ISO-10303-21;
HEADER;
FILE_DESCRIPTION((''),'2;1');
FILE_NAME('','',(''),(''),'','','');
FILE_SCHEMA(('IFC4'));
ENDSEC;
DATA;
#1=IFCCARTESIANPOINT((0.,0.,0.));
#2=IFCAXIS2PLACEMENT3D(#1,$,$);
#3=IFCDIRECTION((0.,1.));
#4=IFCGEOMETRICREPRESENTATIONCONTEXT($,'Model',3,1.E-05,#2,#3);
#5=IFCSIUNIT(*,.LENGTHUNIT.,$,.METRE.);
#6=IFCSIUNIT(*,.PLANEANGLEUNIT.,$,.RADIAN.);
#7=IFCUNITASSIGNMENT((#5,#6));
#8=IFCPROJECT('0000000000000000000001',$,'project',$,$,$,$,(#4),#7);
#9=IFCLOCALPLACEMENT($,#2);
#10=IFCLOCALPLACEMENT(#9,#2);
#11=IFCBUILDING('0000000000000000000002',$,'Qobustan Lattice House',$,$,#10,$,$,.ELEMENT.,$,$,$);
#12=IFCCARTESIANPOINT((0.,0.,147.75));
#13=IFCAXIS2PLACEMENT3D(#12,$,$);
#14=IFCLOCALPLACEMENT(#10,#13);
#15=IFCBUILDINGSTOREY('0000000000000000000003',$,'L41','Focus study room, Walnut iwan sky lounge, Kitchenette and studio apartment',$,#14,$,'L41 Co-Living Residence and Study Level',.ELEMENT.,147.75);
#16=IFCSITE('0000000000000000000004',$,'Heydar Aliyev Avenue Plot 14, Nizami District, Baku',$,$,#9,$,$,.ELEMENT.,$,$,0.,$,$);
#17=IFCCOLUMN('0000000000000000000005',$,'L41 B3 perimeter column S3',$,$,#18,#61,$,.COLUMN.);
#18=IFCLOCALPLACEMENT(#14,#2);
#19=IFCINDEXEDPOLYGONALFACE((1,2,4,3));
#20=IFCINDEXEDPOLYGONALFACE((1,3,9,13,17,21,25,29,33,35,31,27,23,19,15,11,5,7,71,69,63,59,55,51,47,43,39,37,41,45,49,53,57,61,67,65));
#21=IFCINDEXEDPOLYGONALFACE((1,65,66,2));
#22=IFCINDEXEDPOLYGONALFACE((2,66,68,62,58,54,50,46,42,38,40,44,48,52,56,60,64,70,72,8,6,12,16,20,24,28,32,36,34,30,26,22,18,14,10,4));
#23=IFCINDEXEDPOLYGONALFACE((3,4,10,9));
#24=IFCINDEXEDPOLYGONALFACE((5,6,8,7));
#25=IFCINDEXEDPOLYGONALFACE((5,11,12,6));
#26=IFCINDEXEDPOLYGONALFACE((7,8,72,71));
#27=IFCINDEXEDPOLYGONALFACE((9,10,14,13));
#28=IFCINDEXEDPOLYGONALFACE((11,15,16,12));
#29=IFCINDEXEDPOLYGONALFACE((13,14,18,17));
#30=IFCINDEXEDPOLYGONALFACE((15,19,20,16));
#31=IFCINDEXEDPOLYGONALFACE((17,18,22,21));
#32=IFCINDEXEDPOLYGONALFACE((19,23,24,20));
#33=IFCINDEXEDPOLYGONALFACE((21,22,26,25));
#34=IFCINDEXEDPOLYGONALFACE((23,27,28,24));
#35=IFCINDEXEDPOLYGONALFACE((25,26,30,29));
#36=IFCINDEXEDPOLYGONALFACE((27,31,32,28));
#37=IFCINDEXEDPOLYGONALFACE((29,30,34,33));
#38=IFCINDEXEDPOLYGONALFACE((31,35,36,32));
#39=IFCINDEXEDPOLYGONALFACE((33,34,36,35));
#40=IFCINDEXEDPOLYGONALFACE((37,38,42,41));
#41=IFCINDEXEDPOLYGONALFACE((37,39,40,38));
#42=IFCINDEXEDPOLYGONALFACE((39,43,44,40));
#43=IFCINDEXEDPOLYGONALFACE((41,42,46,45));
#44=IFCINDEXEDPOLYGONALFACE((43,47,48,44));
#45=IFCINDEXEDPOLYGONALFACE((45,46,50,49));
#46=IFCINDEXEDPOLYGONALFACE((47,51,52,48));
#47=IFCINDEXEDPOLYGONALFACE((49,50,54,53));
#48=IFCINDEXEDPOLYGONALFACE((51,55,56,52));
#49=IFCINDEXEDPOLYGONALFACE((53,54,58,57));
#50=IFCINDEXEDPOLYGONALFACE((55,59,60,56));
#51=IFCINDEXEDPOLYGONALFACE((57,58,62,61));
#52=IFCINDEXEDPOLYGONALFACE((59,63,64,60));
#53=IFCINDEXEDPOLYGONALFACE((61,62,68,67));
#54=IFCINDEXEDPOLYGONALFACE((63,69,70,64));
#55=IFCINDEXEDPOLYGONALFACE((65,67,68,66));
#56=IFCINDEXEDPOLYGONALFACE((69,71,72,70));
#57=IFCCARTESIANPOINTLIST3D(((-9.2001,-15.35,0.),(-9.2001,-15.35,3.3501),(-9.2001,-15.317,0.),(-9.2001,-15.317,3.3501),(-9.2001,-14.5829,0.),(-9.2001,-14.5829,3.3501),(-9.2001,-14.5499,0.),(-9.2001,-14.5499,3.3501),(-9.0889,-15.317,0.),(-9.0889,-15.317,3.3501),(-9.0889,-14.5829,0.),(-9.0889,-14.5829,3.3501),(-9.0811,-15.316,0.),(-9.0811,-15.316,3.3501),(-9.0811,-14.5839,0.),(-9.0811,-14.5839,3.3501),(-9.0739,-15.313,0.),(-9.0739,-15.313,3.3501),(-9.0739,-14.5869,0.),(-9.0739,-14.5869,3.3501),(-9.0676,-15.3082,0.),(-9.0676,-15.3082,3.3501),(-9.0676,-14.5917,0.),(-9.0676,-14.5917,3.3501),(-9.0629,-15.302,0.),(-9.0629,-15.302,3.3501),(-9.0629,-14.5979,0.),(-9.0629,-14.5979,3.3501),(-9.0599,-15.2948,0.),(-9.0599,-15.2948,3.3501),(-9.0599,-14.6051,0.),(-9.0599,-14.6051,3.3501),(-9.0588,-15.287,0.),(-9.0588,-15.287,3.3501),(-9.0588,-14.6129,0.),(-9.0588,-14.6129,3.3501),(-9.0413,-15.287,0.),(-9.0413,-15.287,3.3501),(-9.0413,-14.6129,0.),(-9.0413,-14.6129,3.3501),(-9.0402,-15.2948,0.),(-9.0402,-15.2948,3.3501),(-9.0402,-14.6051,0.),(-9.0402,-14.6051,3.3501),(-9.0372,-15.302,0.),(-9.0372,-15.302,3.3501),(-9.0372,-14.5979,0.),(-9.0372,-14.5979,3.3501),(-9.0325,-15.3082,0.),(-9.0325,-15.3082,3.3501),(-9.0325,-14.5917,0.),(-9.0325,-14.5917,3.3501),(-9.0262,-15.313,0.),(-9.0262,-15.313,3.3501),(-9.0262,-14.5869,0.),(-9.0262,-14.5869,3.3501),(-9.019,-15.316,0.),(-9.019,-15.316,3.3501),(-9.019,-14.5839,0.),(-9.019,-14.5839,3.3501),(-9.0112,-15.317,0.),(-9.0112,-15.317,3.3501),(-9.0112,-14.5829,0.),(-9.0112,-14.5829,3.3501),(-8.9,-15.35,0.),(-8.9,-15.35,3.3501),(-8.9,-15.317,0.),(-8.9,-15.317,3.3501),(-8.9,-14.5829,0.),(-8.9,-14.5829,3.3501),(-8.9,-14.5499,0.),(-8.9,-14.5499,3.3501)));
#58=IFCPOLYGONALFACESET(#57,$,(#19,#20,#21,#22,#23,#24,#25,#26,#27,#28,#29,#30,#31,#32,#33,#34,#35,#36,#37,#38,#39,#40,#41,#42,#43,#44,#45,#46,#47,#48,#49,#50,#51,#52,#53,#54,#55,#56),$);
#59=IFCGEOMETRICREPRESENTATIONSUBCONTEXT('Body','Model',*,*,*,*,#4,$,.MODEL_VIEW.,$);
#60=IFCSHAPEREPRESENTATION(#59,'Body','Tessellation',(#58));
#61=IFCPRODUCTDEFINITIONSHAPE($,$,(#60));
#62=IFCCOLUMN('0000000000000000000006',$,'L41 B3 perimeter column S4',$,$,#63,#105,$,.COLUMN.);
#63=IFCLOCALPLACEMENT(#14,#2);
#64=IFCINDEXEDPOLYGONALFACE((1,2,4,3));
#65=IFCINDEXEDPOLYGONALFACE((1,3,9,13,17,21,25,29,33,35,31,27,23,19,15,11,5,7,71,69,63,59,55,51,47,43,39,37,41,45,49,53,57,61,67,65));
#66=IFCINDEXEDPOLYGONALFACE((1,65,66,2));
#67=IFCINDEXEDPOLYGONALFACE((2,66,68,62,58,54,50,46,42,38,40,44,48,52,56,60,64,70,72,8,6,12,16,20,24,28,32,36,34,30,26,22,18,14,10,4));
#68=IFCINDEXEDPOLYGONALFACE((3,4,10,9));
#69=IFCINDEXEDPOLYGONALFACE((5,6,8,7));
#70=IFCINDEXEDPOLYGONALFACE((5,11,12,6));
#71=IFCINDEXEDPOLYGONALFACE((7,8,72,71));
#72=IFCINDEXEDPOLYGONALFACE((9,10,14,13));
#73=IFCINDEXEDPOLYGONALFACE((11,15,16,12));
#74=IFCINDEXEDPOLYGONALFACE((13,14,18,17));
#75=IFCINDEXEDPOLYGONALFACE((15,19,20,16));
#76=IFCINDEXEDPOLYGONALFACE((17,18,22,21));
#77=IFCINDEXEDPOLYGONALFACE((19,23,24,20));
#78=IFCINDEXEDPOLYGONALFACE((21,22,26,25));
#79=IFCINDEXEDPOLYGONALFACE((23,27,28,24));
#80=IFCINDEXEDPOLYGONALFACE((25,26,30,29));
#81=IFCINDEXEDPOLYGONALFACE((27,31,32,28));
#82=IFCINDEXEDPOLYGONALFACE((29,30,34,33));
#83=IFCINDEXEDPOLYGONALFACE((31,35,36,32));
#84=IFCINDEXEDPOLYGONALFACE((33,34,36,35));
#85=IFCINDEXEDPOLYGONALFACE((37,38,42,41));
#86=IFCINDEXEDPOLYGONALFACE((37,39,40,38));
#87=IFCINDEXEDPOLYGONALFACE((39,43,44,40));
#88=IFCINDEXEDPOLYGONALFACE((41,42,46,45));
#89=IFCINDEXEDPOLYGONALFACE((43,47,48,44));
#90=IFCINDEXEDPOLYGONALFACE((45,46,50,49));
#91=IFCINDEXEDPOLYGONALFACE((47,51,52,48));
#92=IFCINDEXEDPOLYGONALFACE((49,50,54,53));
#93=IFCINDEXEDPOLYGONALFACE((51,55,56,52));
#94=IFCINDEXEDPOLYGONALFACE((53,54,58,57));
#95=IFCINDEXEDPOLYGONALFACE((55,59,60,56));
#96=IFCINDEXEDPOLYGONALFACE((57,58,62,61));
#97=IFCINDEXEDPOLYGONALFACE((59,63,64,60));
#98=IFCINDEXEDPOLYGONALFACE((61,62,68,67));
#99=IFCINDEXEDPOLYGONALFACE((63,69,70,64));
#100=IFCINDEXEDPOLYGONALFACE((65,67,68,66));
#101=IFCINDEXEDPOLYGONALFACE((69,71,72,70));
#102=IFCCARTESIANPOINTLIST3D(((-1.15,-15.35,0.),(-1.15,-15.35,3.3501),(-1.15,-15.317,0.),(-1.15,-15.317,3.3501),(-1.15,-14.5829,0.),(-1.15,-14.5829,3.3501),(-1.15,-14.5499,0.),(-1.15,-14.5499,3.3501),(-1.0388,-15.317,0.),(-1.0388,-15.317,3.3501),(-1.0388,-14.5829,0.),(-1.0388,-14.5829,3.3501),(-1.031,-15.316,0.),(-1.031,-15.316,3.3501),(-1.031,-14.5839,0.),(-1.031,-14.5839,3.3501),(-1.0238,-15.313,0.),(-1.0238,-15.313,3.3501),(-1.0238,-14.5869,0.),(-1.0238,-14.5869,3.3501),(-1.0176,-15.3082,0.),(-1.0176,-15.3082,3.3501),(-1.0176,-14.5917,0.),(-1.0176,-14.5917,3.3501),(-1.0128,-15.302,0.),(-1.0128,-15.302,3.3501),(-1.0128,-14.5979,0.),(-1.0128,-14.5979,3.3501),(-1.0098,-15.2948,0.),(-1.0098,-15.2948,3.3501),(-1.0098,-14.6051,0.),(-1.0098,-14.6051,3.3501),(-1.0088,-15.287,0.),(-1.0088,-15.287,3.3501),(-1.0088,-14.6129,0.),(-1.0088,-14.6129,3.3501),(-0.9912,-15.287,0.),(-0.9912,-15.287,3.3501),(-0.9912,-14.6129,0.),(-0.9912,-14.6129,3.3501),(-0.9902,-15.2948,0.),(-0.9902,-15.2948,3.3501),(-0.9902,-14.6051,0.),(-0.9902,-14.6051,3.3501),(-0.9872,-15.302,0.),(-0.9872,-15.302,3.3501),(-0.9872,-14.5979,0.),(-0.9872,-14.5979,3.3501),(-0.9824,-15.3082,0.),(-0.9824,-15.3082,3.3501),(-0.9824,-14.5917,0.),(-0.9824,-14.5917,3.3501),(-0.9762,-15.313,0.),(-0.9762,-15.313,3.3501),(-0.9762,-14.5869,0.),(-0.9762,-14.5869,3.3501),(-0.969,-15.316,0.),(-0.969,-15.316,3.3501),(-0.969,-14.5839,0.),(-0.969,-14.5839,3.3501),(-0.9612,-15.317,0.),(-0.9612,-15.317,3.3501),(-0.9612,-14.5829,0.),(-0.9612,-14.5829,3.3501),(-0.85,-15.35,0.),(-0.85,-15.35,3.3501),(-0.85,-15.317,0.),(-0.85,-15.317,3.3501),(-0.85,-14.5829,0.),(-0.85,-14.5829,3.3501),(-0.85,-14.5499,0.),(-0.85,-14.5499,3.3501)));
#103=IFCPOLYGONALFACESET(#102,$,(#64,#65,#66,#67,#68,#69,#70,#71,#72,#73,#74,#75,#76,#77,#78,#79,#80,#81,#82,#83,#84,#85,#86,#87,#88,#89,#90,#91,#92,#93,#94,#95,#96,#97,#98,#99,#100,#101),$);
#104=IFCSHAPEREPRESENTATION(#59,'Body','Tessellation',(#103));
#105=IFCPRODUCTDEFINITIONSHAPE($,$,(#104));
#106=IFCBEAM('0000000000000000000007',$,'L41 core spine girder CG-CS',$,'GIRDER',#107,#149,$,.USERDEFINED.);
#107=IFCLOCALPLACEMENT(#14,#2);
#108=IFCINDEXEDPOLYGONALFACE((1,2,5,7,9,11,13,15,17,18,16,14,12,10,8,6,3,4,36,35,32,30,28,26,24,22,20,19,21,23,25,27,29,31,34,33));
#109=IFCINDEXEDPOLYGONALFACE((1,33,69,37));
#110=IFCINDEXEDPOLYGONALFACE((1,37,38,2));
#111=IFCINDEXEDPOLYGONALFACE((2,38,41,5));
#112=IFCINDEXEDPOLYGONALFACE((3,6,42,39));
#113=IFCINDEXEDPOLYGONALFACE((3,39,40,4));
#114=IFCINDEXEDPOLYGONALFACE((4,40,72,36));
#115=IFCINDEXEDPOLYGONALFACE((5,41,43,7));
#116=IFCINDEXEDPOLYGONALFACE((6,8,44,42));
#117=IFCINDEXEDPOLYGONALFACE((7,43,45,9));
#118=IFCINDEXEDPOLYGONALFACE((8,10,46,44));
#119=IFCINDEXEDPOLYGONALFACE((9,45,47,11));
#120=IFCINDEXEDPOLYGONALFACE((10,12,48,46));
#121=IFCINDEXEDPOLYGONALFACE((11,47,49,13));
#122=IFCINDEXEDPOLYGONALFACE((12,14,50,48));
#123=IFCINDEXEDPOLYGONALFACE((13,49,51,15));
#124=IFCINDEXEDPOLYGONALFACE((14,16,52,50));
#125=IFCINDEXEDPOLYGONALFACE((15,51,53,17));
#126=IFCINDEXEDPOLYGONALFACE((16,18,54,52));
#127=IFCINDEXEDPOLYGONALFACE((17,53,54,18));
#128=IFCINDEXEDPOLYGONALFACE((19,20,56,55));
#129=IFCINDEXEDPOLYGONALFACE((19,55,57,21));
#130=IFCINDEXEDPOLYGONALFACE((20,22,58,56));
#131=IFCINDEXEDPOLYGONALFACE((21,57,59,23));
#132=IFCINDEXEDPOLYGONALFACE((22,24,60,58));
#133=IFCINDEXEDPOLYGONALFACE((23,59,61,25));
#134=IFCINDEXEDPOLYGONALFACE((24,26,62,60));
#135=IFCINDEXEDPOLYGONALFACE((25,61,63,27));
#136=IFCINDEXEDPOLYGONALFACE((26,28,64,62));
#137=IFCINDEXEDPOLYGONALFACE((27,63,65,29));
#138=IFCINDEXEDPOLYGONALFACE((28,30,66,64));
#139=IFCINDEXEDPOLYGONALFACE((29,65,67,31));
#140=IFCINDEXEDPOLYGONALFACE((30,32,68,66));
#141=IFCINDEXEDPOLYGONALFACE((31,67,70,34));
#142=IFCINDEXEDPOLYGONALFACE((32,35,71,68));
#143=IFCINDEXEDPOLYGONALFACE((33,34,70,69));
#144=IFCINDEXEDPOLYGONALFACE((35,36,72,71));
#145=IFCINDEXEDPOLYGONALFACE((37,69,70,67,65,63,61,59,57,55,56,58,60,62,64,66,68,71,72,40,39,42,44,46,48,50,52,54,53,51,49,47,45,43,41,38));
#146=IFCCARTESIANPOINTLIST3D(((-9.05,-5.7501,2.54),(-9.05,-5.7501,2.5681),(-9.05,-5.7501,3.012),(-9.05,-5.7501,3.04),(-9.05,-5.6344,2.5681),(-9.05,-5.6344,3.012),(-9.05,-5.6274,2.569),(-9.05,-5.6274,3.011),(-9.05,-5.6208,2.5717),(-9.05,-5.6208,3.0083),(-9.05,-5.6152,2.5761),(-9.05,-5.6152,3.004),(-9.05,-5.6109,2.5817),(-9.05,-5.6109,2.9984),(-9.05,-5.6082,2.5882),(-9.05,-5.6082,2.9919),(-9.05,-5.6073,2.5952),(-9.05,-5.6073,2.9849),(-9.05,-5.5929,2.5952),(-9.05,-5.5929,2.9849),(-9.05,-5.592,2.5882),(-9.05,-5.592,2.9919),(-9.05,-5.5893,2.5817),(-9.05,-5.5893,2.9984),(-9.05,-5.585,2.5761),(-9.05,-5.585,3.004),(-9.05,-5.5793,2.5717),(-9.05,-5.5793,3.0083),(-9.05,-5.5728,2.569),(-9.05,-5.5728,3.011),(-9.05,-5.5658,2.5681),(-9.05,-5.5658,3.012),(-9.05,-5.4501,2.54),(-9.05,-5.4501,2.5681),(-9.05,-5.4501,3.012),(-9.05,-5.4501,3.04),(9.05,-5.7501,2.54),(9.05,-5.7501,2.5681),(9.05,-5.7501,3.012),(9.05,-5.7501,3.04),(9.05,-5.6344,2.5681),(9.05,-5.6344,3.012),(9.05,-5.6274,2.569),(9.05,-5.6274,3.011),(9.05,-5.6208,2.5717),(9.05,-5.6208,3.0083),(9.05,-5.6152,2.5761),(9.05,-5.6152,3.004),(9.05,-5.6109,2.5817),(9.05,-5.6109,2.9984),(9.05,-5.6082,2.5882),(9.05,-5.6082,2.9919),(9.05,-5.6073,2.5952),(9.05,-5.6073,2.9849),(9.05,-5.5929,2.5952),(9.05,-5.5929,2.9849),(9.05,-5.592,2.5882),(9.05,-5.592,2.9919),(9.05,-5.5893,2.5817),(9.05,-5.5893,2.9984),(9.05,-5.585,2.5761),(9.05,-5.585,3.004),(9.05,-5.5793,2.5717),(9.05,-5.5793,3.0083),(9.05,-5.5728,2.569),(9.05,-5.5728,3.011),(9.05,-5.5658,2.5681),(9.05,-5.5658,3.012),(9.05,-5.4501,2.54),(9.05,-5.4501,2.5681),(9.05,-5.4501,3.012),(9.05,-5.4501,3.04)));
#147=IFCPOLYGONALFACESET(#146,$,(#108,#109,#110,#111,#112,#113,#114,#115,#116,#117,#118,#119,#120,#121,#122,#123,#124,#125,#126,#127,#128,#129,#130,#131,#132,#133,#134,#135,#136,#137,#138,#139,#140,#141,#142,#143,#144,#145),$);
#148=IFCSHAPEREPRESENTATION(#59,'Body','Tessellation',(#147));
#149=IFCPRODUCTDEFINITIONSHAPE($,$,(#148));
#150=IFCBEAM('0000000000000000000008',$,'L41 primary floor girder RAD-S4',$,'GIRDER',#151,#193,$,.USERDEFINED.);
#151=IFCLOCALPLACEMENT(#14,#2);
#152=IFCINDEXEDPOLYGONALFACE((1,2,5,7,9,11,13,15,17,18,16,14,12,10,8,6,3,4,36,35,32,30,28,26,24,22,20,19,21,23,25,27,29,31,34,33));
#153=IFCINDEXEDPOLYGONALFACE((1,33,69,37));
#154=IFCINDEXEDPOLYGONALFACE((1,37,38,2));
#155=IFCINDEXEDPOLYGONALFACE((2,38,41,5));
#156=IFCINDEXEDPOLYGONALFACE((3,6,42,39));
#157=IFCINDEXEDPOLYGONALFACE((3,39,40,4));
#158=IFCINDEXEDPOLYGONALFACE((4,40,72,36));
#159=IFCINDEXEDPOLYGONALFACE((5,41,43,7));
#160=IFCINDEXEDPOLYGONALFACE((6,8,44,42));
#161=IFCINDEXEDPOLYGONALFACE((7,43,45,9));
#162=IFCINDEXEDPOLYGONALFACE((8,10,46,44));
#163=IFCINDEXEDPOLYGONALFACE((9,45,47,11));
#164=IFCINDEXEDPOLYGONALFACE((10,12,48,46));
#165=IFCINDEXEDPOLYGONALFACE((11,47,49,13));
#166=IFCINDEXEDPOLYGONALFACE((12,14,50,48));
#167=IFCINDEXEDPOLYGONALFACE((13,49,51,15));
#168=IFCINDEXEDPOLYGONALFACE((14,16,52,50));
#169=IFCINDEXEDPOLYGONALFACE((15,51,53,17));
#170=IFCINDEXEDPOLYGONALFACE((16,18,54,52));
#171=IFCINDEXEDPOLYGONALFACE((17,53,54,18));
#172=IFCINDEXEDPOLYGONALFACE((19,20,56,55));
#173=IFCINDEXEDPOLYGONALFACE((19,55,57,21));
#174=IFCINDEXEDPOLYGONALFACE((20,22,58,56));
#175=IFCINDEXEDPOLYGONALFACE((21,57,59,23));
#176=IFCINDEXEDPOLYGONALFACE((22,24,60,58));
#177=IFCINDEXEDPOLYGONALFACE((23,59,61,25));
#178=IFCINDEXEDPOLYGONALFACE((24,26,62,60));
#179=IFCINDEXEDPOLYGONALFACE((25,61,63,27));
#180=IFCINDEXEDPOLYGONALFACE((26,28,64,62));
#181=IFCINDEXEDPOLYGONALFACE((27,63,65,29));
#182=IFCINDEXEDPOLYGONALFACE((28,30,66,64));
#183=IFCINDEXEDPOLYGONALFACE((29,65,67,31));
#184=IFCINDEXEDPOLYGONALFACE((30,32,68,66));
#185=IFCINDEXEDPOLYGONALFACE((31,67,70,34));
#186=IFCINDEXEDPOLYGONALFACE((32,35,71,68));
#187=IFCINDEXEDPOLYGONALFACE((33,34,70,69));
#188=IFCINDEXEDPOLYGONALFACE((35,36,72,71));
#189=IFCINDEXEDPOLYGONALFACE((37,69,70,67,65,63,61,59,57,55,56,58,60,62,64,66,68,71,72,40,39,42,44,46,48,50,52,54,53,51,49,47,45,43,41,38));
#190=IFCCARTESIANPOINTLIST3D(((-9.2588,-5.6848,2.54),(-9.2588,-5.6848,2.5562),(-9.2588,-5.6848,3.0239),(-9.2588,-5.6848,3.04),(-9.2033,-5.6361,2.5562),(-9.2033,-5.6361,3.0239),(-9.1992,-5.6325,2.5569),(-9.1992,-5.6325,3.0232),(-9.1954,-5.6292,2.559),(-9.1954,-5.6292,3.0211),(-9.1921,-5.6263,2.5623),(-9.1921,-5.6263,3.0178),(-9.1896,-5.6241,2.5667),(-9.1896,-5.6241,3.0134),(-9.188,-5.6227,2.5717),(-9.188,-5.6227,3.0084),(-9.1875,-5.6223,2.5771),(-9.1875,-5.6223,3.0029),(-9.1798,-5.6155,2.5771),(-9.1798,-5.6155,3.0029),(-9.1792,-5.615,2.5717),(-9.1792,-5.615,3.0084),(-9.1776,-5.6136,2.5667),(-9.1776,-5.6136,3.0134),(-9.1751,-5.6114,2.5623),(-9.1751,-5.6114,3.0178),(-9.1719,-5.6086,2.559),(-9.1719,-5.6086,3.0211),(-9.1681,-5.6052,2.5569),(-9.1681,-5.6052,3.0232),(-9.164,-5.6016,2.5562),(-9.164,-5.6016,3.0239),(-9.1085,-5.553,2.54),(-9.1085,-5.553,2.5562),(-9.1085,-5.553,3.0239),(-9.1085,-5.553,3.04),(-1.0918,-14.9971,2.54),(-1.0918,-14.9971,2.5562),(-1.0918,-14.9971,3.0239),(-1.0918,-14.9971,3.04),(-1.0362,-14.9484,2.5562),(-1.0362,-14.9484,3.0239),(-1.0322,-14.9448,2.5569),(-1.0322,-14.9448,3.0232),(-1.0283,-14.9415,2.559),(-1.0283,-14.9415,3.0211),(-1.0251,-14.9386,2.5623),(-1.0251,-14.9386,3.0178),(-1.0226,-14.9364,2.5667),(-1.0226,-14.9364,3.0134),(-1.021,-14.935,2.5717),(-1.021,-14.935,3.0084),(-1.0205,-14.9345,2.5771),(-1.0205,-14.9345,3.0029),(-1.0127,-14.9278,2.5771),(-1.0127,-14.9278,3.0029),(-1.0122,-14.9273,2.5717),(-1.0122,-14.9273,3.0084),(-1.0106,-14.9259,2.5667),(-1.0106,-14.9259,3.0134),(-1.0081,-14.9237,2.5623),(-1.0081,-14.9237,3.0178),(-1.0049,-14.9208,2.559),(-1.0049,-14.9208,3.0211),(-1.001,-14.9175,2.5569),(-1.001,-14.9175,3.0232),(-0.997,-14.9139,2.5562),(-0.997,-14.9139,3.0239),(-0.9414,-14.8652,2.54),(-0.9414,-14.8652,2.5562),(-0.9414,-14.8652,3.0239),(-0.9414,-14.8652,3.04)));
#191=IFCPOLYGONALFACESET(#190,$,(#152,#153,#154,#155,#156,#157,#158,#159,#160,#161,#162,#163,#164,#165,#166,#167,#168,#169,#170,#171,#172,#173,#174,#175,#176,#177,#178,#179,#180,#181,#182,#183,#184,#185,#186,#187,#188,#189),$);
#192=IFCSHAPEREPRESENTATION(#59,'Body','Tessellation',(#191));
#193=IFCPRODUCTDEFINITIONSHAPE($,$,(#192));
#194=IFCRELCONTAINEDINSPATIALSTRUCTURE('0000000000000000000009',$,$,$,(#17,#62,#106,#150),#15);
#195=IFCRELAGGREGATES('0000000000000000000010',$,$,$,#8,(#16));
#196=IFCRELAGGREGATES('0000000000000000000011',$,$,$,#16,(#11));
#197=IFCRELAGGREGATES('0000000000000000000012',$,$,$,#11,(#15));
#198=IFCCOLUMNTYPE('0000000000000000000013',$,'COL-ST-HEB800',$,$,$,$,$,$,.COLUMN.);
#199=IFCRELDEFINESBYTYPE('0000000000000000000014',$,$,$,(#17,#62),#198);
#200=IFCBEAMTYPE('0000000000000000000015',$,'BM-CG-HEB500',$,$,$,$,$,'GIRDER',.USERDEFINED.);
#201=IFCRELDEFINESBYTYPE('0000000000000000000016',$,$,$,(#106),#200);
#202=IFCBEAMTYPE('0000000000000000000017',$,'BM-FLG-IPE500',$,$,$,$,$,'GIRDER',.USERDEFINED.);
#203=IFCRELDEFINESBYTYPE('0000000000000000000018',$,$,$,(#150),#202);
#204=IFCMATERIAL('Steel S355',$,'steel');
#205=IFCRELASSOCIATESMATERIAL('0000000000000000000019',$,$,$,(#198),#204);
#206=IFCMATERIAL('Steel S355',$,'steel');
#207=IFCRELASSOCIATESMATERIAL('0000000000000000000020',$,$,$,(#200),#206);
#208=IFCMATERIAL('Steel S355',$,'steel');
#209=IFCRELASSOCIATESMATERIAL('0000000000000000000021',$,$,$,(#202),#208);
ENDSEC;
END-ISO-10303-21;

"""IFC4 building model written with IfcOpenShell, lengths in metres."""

from ifc_helpers import new_model, si_unit, direction, frame, origin, origin_2d, place, context, subcontext, project, spatial, i_section, extrude, material, material_profile, profile_set, type_object, element, save


model = new_model("IFC4")

# Units and contexts
model_context = context("Model", 3, precision=1e-05, world=origin(), true_north=direction((0.0, 1.0)))
body_context = subcontext(model_context, "Body", "Model", "MODEL_VIEW")
ifc_project = project(units=[si_unit("LENGTHUNIT", "METRE"), si_unit("PLANEANGLEUNIT", "RADIAN")], contexts=[model_context])

# Site, building, storey
site_placement = place(None, origin())
site = spatial("IfcSite", under=ifc_project, at=site_placement, Name="Heydar Aliyev Avenue Plot 14, Nizami District, Baku", CompositionType="ELEMENT", RefElevation=0.0)
building_placement = place(site_placement, origin())
building = spatial("IfcBuilding", under=site, at=building_placement, Name="Qobustan Lattice House", CompositionType="ELEMENT")
storey_placement = place(building_placement, frame((0.0, 0.0, 147.75)))
storey = spatial("IfcBuildingStorey", under=building, at=storey_placement, Name="L41", Description="Focus study room, Walnut iwan sky lounge, Kitchenette and studio apartment", LongName="L41 Co-Living Residence and Study Level", CompositionType="ELEMENT", Elevation=147.75)

# Columns
ifc_material_1 = material(Name="Steel S355", Category="steel")
ifc_material_profile_1 = material_profile(ifc_material_1, i_section(OverallWidth=0.3, OverallDepth=0.8, WebThickness=0.0176, FlangeThickness=0.033, FilletRadius=0.03, at=origin_2d()), Name="HEB800")
ifc_profile_set_1 = profile_set([ifc_material_profile_1], Name="Steel S355")
column_type = type_object("IfcColumnType", Name="COL-ST-HEB800", PredefinedType="COLUMN", material=ifc_profile_set_1)
for number, where, z_axis, x_axis, name in (
    (1, (-9.05, -14.95, 0.0), (0.0, 0.0, 1.0), (1.0, 0.0, 0.0), "L41 B3 perimeter column S3"),
    (2, (-1.0, -14.95, 0.0), (0.0, 0.0, 1.0), (1.0, 0.0, 0.0), "L41 B3 perimeter column S4"),
):
    element("IfcColumn", number, at=place(storey_placement, frame(where, z_axis=z_axis, x_axis=x_axis)), inside=storey, type_object=column_type, Name=name, PredefinedType="COLUMN", context=body_context, shape_type="SweptSolid", body=[
        extrude(i_section(OverallWidth=0.3, OverallDepth=0.8, WebThickness=0.0176, FlangeThickness=0.033, FilletRadius=0.03, at=origin_2d()), origin(), (0.0, 0.0, 1.0), 3.3501),
    ])

# Beams
ifc_material_2 = material(Name="Steel S355", Category="steel")
ifc_material_profile_2 = material_profile(ifc_material_2, i_section(OverallWidth=0.3, OverallDepth=0.5, WebThickness=0.0144, FlangeThickness=0.0281, FilletRadius=0.0271, at=origin_2d()), Name="HEB500")
ifc_profile_set_2 = profile_set([ifc_material_profile_2], Name="Steel S355")
beam_type_1 = type_object("IfcBeamType", Name="BM-CG-HEB500", ElementType="GIRDER", PredefinedType="USERDEFINED", material=ifc_profile_set_2)
beam_1_placement = place(storey_placement, frame((-9.05, -5.6001, 2.79), z_axis=(1.0, 0.0, 0.0), x_axis=(0.0, 1.0, 0.0)))
element("IfcBeam", 3, at=beam_1_placement, inside=storey, type_object=beam_type_1, Name="L41 core spine girder CG-CS", ObjectType="GIRDER", PredefinedType="USERDEFINED", context=body_context, shape_type="SweptSolid", body=[
    extrude(i_section(OverallWidth=0.3, OverallDepth=0.5, WebThickness=0.0144, FlangeThickness=0.0281, FilletRadius=0.0271, at=origin_2d()), origin(), (0.0, 0.0, 1.0), 18.1001),
])
ifc_material_3 = material(Name="Steel S355", Category="steel")
ifc_material_profile_3 = material_profile(ifc_material_3, i_section(OverallWidth=0.2, OverallDepth=0.5, WebThickness=0.0103, FlangeThickness=0.0161, FilletRadius=0.021, at=origin_2d()), Name="IPE500")
ifc_profile_set_3 = profile_set([ifc_material_profile_3], Name="Steel S355")
beam_type_2 = type_object("IfcBeamType", Name="BM-FLG-IPE500", ElementType="GIRDER", PredefinedType="USERDEFINED", material=ifc_profile_set_3)
beam_2_placement = place(storey_placement, frame((-1.0166, -14.9312, 2.79), z_axis=(-0.659362, 0.751825, 0.0), x_axis=(-0.751825, -0.659362, 0.0)))
element("IfcBeam", 4, at=beam_2_placement, inside=storey, type_object=beam_type_2, Name="L41 primary floor girder RAD-S4", ObjectType="GIRDER", PredefinedType="USERDEFINED", context=body_context, shape_type="SweptSolid", body=[
    extrude(i_section(OverallWidth=0.2, OverallDepth=0.5, WebThickness=0.0103, FlangeThickness=0.0161, FilletRadius=0.021, at=origin_2d()), origin(), (0.0, 0.0, 1.0), 12.3862),
])

save(model, "model.ifc")
